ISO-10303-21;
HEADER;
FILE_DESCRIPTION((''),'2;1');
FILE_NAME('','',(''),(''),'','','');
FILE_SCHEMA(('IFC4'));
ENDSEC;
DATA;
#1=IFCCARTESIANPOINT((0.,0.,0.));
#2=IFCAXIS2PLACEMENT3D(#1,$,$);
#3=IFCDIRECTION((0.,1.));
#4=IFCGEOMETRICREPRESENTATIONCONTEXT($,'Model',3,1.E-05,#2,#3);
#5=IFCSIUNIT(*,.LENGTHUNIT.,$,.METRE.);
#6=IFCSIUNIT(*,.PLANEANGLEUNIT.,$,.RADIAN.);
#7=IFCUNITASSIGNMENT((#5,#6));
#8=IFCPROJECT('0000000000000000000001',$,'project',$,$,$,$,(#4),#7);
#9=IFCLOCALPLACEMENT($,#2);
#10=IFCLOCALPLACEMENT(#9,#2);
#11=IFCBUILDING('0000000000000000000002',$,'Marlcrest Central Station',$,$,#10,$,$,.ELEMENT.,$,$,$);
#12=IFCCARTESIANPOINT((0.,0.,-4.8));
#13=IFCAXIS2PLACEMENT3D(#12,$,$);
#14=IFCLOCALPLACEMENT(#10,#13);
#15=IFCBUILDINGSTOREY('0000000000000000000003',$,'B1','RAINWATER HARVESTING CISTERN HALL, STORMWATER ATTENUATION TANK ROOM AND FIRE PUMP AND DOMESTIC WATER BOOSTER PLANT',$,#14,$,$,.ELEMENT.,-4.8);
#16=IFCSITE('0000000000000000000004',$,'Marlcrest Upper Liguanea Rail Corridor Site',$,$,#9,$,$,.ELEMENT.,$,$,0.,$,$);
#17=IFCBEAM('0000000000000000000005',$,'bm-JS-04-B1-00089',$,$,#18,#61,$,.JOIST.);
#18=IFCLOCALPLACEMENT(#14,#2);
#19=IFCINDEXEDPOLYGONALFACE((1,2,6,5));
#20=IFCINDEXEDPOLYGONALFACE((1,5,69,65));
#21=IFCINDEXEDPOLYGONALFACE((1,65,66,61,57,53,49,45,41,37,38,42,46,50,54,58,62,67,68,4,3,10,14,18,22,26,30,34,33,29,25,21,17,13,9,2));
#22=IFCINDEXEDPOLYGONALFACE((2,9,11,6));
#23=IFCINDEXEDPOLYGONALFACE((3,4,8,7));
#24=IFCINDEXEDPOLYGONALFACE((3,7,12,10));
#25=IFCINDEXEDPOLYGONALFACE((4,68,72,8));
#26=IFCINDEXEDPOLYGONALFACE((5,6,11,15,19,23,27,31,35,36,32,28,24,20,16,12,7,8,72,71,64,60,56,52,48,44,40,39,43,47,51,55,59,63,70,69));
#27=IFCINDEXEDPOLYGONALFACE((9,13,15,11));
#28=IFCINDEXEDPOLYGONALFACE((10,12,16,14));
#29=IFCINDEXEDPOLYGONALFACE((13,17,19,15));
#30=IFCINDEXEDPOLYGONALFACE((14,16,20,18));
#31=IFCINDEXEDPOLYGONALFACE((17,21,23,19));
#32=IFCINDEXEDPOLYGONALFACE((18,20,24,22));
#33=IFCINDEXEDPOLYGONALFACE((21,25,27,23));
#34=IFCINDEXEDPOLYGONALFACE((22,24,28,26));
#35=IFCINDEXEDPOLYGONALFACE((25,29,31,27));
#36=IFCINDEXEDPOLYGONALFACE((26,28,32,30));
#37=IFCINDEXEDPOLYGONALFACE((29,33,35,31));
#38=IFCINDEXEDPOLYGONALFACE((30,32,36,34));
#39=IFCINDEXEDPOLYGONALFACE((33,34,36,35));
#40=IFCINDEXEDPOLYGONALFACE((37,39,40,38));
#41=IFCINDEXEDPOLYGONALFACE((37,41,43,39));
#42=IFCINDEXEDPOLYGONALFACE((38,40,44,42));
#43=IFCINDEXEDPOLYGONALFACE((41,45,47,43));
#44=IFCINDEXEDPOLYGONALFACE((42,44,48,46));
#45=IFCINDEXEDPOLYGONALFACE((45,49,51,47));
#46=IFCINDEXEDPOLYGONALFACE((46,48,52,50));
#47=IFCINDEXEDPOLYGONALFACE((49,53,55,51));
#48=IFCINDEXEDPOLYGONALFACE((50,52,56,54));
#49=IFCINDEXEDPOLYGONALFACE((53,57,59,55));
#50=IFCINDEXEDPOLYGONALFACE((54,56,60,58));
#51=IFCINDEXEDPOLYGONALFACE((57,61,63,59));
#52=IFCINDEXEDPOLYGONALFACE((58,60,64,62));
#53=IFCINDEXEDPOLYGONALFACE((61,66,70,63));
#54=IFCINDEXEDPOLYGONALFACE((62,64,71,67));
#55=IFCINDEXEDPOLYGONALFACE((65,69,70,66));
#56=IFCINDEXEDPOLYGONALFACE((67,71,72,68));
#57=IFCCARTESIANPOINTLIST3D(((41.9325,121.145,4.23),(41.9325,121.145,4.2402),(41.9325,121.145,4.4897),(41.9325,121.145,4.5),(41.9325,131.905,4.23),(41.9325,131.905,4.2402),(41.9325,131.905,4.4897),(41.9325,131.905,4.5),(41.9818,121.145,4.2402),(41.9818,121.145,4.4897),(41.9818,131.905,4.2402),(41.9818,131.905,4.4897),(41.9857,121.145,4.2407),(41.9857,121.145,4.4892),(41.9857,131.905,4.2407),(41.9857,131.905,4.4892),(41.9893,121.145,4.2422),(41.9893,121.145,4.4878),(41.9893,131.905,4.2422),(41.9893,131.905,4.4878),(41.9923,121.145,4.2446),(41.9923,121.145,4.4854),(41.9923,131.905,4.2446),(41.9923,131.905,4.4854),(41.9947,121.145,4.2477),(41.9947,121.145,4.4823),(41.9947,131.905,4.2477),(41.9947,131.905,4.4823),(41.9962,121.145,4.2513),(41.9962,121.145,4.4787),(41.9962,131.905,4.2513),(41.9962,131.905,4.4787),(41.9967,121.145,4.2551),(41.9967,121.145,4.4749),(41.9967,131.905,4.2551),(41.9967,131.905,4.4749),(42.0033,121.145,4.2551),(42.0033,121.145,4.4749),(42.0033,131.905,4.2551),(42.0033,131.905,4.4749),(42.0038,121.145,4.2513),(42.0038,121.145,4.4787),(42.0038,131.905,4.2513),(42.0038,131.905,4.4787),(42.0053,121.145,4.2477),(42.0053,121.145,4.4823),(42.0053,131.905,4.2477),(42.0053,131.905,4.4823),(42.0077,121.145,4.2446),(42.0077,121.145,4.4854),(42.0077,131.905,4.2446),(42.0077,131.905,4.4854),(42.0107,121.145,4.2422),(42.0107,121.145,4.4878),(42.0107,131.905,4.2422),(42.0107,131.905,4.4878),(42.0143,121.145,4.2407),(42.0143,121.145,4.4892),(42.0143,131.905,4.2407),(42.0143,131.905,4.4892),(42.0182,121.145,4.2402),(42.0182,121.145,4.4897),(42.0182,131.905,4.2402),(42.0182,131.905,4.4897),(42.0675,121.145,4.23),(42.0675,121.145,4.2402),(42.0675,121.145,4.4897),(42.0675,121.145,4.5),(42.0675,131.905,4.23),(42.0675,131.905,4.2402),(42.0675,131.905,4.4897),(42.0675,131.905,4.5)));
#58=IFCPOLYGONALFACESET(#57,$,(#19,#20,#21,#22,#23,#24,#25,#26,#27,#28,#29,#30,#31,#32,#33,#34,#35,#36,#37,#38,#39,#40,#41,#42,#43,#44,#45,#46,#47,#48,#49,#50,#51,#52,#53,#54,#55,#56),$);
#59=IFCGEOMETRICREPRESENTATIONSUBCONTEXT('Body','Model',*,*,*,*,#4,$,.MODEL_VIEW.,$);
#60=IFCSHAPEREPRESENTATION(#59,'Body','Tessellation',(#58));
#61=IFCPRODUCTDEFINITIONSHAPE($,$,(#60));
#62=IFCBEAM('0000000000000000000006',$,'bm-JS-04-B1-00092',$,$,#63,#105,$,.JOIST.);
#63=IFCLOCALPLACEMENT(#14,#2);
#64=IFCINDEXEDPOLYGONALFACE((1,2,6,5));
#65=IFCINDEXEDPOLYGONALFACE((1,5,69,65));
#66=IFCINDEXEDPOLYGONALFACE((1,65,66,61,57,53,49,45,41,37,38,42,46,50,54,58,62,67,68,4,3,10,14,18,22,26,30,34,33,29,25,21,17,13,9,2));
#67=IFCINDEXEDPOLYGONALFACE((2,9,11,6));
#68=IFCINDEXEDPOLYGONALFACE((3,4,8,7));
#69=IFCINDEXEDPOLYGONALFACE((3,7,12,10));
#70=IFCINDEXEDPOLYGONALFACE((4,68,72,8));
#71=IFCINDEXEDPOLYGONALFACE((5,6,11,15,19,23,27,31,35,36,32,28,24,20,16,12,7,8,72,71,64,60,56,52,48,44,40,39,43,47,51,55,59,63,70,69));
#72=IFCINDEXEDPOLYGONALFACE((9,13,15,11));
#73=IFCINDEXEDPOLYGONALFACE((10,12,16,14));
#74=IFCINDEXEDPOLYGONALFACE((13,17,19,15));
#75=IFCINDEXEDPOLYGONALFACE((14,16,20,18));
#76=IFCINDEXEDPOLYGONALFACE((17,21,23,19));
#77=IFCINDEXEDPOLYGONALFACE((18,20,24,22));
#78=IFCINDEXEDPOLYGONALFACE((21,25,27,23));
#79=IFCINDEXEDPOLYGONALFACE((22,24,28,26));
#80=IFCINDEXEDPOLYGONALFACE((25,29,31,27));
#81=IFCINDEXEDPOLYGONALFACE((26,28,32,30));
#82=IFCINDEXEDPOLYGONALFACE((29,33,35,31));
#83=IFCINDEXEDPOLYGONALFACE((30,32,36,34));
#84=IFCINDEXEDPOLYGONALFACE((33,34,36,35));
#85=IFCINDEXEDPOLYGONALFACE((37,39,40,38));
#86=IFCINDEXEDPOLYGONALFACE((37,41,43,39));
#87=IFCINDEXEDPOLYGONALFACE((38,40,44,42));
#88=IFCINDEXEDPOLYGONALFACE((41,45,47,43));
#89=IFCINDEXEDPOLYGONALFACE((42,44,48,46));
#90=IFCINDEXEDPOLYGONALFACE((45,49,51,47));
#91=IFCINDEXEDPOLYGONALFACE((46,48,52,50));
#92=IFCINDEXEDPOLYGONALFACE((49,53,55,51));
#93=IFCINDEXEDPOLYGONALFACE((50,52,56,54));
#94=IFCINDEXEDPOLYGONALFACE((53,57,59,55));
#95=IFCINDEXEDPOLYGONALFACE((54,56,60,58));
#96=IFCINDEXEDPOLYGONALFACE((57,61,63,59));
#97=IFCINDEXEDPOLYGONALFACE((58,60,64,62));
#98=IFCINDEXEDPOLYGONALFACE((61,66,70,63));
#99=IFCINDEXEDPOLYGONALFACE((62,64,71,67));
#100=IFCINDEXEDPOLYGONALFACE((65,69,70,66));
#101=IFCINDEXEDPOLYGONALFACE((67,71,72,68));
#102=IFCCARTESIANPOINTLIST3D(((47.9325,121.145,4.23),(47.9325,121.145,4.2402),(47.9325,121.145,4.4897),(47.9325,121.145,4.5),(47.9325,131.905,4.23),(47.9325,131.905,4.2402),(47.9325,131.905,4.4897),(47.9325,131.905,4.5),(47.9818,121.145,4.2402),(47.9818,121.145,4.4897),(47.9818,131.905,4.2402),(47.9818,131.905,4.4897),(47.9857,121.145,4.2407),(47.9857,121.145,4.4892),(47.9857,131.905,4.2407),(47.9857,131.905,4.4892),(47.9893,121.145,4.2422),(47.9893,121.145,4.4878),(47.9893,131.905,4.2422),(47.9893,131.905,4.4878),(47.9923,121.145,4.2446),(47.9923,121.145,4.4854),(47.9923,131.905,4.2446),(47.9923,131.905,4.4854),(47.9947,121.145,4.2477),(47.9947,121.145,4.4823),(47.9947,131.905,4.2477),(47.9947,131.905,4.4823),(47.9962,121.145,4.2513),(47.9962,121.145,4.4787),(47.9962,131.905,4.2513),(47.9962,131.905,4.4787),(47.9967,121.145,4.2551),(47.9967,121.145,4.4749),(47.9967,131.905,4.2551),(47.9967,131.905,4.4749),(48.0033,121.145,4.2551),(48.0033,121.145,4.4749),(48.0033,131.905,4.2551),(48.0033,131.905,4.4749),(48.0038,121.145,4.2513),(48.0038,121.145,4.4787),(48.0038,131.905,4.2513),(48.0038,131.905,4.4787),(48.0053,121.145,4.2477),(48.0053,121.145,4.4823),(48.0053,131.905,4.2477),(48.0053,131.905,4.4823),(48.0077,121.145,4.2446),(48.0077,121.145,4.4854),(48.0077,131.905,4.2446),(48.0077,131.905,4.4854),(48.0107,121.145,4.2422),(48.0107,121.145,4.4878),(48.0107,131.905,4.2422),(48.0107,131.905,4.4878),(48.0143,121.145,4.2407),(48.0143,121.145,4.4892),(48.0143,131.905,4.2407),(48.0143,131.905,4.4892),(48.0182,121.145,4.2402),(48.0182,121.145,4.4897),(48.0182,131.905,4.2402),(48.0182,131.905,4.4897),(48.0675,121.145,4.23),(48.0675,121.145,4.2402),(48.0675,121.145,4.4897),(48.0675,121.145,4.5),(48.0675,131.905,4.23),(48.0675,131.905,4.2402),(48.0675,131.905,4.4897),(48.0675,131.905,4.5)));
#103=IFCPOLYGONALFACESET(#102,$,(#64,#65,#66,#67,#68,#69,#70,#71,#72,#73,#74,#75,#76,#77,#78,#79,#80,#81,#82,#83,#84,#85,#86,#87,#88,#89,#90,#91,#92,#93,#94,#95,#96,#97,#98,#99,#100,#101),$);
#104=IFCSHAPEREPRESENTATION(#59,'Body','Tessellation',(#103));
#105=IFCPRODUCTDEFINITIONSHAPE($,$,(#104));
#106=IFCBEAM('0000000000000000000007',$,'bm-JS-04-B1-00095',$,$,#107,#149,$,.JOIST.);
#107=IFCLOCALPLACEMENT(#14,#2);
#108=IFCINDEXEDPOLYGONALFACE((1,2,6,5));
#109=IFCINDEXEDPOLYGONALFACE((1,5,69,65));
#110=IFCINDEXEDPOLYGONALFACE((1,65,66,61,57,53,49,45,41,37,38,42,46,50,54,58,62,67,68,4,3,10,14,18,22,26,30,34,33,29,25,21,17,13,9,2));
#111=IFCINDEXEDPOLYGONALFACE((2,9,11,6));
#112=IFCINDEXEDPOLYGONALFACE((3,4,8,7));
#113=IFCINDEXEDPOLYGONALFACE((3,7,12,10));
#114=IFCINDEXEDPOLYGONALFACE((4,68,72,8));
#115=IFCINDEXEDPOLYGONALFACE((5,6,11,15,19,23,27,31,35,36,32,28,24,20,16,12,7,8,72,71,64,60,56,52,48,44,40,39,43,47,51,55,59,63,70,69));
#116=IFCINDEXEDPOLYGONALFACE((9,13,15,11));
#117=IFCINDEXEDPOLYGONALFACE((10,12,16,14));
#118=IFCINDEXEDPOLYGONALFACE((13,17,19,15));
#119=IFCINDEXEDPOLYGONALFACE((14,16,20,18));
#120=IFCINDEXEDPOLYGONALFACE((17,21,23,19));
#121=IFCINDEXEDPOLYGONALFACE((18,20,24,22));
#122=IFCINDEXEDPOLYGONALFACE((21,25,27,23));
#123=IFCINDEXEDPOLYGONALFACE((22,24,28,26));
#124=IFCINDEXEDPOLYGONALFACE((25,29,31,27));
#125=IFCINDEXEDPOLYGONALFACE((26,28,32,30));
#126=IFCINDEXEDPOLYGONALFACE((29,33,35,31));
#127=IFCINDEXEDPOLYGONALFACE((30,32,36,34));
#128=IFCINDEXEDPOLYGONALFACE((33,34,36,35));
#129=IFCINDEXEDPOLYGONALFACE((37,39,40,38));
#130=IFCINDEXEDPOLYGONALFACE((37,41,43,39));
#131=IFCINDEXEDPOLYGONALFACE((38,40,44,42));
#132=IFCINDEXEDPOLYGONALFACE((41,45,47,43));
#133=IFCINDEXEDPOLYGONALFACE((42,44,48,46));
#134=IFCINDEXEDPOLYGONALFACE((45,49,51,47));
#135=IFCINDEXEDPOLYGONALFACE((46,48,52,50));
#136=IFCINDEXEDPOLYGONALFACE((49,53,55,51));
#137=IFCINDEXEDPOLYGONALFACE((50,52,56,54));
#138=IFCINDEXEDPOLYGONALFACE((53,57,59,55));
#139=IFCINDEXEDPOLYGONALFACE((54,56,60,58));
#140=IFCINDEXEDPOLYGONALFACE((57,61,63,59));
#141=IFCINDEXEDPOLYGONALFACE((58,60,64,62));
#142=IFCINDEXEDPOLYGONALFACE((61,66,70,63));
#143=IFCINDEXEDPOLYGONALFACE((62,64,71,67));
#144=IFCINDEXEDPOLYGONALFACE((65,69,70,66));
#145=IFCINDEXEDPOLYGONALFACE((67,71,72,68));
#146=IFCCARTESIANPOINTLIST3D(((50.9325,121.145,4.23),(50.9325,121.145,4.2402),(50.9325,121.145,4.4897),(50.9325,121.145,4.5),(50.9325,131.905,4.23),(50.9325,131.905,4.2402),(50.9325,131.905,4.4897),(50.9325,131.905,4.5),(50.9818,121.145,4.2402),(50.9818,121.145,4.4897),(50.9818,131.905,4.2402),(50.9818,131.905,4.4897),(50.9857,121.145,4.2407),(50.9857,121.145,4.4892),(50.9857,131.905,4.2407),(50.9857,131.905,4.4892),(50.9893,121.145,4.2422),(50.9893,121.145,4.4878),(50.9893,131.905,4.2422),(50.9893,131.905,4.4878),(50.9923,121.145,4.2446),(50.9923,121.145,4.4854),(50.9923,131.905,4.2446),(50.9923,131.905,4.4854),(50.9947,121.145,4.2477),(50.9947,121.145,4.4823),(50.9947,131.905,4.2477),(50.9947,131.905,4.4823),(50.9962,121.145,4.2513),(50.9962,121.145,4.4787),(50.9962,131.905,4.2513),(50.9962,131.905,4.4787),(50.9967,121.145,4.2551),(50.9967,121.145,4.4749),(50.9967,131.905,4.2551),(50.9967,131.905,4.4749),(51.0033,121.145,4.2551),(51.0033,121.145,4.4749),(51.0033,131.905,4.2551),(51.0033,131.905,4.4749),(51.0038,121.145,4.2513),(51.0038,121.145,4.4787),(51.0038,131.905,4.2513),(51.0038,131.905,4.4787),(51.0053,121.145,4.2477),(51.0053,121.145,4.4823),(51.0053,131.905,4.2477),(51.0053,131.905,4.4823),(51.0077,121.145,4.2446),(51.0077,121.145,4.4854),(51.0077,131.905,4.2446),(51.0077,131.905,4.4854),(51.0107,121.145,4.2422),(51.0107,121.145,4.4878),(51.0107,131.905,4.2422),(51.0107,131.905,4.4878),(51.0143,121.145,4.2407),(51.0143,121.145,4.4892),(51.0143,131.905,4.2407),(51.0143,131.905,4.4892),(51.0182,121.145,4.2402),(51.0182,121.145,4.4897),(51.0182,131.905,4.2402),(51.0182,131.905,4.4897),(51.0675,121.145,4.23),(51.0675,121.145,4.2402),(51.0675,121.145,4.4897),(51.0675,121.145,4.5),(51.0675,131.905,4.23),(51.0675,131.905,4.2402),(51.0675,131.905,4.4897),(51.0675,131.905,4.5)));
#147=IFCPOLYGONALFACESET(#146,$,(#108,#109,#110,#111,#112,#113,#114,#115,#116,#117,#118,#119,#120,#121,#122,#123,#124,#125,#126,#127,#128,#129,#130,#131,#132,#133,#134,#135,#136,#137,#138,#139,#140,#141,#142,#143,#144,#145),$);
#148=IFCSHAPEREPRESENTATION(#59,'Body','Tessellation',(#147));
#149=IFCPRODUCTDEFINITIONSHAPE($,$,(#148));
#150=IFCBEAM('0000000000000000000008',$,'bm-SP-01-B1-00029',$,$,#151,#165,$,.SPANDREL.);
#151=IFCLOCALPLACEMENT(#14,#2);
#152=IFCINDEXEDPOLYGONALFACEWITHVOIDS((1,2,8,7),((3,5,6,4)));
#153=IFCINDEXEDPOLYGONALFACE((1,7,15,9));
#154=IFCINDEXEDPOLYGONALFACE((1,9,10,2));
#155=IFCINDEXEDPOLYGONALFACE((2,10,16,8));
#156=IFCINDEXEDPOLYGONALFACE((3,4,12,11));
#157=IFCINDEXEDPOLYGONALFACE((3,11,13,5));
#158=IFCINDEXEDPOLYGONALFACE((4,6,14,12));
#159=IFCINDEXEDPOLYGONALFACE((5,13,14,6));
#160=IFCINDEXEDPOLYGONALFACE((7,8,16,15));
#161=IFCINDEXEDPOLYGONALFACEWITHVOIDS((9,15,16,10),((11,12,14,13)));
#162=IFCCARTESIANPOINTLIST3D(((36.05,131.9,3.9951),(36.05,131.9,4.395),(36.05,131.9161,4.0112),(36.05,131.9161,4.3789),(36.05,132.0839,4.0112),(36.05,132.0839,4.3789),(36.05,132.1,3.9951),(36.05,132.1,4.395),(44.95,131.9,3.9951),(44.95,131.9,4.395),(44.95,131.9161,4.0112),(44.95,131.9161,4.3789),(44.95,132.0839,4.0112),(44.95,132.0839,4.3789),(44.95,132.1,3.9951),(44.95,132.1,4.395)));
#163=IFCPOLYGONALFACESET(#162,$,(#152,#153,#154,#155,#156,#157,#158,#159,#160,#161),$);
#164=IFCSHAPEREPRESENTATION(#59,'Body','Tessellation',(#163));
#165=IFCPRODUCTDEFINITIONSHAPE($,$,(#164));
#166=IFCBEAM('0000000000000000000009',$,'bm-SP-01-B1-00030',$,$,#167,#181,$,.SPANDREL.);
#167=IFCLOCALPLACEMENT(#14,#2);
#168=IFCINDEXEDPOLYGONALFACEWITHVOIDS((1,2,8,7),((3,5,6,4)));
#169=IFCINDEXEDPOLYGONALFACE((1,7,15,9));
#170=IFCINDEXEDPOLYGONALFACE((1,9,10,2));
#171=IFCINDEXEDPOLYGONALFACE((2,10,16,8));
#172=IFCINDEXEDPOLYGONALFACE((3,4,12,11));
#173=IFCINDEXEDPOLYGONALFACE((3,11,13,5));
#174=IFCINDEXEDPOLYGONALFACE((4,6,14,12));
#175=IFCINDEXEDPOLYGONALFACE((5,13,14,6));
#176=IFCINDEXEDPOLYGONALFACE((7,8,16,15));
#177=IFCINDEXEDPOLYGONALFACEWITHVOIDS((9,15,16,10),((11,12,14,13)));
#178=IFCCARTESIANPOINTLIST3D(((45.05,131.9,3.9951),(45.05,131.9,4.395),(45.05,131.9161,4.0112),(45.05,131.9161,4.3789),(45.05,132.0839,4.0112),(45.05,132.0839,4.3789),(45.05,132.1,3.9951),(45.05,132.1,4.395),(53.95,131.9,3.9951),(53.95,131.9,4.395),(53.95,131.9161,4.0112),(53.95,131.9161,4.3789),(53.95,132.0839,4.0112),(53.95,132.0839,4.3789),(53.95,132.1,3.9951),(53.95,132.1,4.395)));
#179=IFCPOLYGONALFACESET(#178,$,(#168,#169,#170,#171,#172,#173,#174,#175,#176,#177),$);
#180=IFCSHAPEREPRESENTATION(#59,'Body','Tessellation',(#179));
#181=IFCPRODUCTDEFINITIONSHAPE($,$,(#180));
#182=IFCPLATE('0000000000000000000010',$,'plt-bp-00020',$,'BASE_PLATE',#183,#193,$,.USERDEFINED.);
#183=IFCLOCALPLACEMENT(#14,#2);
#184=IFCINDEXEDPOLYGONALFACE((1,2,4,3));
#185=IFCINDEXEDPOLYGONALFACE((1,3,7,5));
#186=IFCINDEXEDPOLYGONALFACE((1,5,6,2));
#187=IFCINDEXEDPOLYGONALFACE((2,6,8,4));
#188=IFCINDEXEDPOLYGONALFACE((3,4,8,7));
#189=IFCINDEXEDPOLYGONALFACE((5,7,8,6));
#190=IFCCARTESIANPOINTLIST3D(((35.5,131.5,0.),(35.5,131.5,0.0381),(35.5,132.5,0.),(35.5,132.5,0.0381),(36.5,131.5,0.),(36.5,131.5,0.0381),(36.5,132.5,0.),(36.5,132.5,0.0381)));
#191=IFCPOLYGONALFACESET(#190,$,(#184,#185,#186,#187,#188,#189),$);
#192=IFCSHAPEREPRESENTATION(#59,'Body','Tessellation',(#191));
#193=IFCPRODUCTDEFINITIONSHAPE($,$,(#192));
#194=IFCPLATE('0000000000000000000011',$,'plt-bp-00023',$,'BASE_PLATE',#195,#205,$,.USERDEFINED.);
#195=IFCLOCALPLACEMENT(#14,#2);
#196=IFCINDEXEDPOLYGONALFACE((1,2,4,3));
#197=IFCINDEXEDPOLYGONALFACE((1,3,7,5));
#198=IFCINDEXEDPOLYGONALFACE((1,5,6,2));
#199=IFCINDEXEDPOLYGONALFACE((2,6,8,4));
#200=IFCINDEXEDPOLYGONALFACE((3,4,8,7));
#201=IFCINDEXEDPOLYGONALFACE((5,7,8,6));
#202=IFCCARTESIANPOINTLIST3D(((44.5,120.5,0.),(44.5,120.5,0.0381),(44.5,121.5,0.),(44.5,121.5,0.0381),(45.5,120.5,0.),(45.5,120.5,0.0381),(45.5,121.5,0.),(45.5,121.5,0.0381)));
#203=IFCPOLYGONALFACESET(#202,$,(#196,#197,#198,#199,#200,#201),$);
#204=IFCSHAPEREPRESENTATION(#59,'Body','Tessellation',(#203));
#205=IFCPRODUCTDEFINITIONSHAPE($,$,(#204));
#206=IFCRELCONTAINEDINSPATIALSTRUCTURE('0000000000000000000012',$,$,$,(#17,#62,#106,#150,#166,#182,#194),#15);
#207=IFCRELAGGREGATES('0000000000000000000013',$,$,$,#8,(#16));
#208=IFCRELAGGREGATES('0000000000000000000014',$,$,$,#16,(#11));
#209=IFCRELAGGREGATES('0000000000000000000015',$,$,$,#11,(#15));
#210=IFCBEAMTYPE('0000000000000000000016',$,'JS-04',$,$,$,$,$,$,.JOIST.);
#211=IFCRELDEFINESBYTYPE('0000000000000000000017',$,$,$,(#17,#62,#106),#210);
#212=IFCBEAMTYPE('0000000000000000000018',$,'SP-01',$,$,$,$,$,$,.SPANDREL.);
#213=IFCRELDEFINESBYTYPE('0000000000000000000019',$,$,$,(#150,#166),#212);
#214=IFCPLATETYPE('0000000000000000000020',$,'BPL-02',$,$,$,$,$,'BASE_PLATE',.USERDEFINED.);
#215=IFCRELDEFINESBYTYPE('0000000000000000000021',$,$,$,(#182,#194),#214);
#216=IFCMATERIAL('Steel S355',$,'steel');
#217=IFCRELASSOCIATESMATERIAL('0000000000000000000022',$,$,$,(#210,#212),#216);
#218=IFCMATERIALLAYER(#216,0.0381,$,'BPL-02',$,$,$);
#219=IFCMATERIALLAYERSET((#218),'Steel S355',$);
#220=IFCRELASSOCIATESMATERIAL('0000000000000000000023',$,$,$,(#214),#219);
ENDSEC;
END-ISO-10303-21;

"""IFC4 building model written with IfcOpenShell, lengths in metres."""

from ifc_helpers import new_model, si_unit, direction, frame, origin, origin_2d, place, context, subcontext, project, spatial, rectangle, hollow_rectangle, i_section, extrude, material, layer, layer_set, material_profile, profile_set, type_object, element, save


model = new_model("IFC4")

# Units and contexts
model_context = context("Model", 3, precision=1e-05, world=origin(), true_north=direction((0.0, 1.0)))
body_context = subcontext(model_context, "Body", "Model", "MODEL_VIEW")
ifc_project = project(units=[si_unit("LENGTHUNIT", "METRE"), si_unit("PLANEANGLEUNIT", "RADIAN")], contexts=[model_context])

# Site, building, storey
site_placement = place(None, origin())
site = spatial("IfcSite", under=ifc_project, at=site_placement, Name="Marlcrest Upper Liguanea Rail Corridor Site", CompositionType="ELEMENT", RefElevation=0.0)
building_placement = place(site_placement, origin())
building = spatial("IfcBuilding", under=site, at=building_placement, Name="Marlcrest Central Station", CompositionType="ELEMENT")
storey_placement = place(building_placement, frame((0.0, 0.0, -4.8)))
storey = spatial("IfcBuildingStorey", under=building, at=storey_placement, Name="B1", Description="RAINWATER HARVESTING CISTERN HALL, STORMWATER ATTENUATION TANK ROOM AND FIRE PUMP AND DOMESTIC WATER BOOSTER PLANT", CompositionType="ELEMENT", Elevation=-4.8)

# Shared definitions
ifc_material_1 = material(Name="Steel S355", Category="steel")

# Beams
ifc_material_profile_1 = material_profile(ifc_material_1, i_section(OverallWidth=0.135, OverallDepth=0.27, WebThickness=0.0066, FlangeThickness=0.0103, FilletRadius=0.0149, at=origin_2d()), Name="IPE 270")
ifc_profile_set_1 = profile_set([ifc_material_profile_1], Name="Steel S355")
beam_type_1 = type_object("IfcBeamType", Name="JS-04", PredefinedType="JOIST", material=ifc_profile_set_1)
for number, where, z_axis, x_axis, name in (
    (1, (42.0, 121.145, 4.365), (0.0, 1.0, 0.0), (-1.0, 0.0, 0.0), "bm-JS-04-B1-00089"),
    (2, (48.0, 121.145, 4.365), (0.0, 1.0, 0.0), (-1.0, 0.0, 0.0), "bm-JS-04-B1-00092"),
    (3, (51.0, 121.145, 4.365), (0.0, 1.0, 0.0), (-1.0, 0.0, 0.0), "bm-JS-04-B1-00095"),
):
    element("IfcBeam", number, at=place(storey_placement, frame(where, z_axis=z_axis, x_axis=x_axis)), inside=storey, type_object=beam_type_1, Name=name, PredefinedType="JOIST", context=body_context, shape_type="SweptSolid", body=[
        extrude(i_section(OverallWidth=0.135, OverallDepth=0.27, WebThickness=0.0066, FlangeThickness=0.0103, FilletRadius=0.0149, at=origin_2d()), origin(), (0.0, 0.0, 1.0), 10.76),
    ])
ifc_material_profile_2 = material_profile(ifc_material_1, hollow_rectangle(XDim=0.2, YDim=0.3999, WallThickness=0.0161, at=origin_2d()), Name="RHS 400x200x16")
ifc_profile_set_2 = profile_set([ifc_material_profile_2], Name="Steel S355")
beam_type_2 = type_object("IfcBeamType", Name="SP-01", PredefinedType="SPANDREL", material=ifc_profile_set_2)
for number, where, z_axis, x_axis, name in (
    (4, (36.05, 132.0, 4.1951), (1.0, 0.0, 0.0), (0.0, 1.0, 0.0), "bm-SP-01-B1-00029"),
    (5, (45.05, 132.0, 4.1951), (1.0, 0.0, 0.0), (0.0, 1.0, 0.0), "bm-SP-01-B1-00030"),
):
    element("IfcBeam", number, at=place(storey_placement, frame(where, z_axis=z_axis, x_axis=x_axis)), inside=storey, type_object=beam_type_2, Name=name, PredefinedType="SPANDREL", context=body_context, shape_type="SweptSolid", body=[
        extrude(hollow_rectangle(XDim=0.2, YDim=0.3999, WallThickness=0.0161, at=origin_2d()), origin(), (0.0, 0.0, 1.0), 8.8999),
    ])

# Plates
ifc_layer = layer(ifc_material_1, 0.0381, Name="BPL-02")
ifc_layer_set = layer_set([ifc_layer], Name="Steel S355")
plate_type = type_object("IfcPlateType", Name="BPL-02", ElementType="BASE_PLATE", PredefinedType="USERDEFINED", material=ifc_layer_set)
for number, where, z_axis, x_axis, name in (
    (6, (36.0, 132.0, 0.0), (0.0, 0.0, 1.0), (1.0, 0.0, 0.0), "plt-bp-00020"),
    (7, (45.0, 121.0, 0.0), (0.0, 0.0, 1.0), (1.0, 0.0, 0.0), "plt-bp-00023"),
):
    element("IfcPlate", number, at=place(storey_placement, frame(where, z_axis=z_axis, x_axis=x_axis)), inside=storey, type_object=plate_type, Name=name, ObjectType="BASE_PLATE", PredefinedType="USERDEFINED", context=body_context, shape_type="SweptSolid", body=[
        extrude(rectangle(XDim=1.0, YDim=1.0, at=origin_2d()), origin(), (0.0, 0.0, 1.0), 0.0381),
    ])

save(model, "model.ifc")
